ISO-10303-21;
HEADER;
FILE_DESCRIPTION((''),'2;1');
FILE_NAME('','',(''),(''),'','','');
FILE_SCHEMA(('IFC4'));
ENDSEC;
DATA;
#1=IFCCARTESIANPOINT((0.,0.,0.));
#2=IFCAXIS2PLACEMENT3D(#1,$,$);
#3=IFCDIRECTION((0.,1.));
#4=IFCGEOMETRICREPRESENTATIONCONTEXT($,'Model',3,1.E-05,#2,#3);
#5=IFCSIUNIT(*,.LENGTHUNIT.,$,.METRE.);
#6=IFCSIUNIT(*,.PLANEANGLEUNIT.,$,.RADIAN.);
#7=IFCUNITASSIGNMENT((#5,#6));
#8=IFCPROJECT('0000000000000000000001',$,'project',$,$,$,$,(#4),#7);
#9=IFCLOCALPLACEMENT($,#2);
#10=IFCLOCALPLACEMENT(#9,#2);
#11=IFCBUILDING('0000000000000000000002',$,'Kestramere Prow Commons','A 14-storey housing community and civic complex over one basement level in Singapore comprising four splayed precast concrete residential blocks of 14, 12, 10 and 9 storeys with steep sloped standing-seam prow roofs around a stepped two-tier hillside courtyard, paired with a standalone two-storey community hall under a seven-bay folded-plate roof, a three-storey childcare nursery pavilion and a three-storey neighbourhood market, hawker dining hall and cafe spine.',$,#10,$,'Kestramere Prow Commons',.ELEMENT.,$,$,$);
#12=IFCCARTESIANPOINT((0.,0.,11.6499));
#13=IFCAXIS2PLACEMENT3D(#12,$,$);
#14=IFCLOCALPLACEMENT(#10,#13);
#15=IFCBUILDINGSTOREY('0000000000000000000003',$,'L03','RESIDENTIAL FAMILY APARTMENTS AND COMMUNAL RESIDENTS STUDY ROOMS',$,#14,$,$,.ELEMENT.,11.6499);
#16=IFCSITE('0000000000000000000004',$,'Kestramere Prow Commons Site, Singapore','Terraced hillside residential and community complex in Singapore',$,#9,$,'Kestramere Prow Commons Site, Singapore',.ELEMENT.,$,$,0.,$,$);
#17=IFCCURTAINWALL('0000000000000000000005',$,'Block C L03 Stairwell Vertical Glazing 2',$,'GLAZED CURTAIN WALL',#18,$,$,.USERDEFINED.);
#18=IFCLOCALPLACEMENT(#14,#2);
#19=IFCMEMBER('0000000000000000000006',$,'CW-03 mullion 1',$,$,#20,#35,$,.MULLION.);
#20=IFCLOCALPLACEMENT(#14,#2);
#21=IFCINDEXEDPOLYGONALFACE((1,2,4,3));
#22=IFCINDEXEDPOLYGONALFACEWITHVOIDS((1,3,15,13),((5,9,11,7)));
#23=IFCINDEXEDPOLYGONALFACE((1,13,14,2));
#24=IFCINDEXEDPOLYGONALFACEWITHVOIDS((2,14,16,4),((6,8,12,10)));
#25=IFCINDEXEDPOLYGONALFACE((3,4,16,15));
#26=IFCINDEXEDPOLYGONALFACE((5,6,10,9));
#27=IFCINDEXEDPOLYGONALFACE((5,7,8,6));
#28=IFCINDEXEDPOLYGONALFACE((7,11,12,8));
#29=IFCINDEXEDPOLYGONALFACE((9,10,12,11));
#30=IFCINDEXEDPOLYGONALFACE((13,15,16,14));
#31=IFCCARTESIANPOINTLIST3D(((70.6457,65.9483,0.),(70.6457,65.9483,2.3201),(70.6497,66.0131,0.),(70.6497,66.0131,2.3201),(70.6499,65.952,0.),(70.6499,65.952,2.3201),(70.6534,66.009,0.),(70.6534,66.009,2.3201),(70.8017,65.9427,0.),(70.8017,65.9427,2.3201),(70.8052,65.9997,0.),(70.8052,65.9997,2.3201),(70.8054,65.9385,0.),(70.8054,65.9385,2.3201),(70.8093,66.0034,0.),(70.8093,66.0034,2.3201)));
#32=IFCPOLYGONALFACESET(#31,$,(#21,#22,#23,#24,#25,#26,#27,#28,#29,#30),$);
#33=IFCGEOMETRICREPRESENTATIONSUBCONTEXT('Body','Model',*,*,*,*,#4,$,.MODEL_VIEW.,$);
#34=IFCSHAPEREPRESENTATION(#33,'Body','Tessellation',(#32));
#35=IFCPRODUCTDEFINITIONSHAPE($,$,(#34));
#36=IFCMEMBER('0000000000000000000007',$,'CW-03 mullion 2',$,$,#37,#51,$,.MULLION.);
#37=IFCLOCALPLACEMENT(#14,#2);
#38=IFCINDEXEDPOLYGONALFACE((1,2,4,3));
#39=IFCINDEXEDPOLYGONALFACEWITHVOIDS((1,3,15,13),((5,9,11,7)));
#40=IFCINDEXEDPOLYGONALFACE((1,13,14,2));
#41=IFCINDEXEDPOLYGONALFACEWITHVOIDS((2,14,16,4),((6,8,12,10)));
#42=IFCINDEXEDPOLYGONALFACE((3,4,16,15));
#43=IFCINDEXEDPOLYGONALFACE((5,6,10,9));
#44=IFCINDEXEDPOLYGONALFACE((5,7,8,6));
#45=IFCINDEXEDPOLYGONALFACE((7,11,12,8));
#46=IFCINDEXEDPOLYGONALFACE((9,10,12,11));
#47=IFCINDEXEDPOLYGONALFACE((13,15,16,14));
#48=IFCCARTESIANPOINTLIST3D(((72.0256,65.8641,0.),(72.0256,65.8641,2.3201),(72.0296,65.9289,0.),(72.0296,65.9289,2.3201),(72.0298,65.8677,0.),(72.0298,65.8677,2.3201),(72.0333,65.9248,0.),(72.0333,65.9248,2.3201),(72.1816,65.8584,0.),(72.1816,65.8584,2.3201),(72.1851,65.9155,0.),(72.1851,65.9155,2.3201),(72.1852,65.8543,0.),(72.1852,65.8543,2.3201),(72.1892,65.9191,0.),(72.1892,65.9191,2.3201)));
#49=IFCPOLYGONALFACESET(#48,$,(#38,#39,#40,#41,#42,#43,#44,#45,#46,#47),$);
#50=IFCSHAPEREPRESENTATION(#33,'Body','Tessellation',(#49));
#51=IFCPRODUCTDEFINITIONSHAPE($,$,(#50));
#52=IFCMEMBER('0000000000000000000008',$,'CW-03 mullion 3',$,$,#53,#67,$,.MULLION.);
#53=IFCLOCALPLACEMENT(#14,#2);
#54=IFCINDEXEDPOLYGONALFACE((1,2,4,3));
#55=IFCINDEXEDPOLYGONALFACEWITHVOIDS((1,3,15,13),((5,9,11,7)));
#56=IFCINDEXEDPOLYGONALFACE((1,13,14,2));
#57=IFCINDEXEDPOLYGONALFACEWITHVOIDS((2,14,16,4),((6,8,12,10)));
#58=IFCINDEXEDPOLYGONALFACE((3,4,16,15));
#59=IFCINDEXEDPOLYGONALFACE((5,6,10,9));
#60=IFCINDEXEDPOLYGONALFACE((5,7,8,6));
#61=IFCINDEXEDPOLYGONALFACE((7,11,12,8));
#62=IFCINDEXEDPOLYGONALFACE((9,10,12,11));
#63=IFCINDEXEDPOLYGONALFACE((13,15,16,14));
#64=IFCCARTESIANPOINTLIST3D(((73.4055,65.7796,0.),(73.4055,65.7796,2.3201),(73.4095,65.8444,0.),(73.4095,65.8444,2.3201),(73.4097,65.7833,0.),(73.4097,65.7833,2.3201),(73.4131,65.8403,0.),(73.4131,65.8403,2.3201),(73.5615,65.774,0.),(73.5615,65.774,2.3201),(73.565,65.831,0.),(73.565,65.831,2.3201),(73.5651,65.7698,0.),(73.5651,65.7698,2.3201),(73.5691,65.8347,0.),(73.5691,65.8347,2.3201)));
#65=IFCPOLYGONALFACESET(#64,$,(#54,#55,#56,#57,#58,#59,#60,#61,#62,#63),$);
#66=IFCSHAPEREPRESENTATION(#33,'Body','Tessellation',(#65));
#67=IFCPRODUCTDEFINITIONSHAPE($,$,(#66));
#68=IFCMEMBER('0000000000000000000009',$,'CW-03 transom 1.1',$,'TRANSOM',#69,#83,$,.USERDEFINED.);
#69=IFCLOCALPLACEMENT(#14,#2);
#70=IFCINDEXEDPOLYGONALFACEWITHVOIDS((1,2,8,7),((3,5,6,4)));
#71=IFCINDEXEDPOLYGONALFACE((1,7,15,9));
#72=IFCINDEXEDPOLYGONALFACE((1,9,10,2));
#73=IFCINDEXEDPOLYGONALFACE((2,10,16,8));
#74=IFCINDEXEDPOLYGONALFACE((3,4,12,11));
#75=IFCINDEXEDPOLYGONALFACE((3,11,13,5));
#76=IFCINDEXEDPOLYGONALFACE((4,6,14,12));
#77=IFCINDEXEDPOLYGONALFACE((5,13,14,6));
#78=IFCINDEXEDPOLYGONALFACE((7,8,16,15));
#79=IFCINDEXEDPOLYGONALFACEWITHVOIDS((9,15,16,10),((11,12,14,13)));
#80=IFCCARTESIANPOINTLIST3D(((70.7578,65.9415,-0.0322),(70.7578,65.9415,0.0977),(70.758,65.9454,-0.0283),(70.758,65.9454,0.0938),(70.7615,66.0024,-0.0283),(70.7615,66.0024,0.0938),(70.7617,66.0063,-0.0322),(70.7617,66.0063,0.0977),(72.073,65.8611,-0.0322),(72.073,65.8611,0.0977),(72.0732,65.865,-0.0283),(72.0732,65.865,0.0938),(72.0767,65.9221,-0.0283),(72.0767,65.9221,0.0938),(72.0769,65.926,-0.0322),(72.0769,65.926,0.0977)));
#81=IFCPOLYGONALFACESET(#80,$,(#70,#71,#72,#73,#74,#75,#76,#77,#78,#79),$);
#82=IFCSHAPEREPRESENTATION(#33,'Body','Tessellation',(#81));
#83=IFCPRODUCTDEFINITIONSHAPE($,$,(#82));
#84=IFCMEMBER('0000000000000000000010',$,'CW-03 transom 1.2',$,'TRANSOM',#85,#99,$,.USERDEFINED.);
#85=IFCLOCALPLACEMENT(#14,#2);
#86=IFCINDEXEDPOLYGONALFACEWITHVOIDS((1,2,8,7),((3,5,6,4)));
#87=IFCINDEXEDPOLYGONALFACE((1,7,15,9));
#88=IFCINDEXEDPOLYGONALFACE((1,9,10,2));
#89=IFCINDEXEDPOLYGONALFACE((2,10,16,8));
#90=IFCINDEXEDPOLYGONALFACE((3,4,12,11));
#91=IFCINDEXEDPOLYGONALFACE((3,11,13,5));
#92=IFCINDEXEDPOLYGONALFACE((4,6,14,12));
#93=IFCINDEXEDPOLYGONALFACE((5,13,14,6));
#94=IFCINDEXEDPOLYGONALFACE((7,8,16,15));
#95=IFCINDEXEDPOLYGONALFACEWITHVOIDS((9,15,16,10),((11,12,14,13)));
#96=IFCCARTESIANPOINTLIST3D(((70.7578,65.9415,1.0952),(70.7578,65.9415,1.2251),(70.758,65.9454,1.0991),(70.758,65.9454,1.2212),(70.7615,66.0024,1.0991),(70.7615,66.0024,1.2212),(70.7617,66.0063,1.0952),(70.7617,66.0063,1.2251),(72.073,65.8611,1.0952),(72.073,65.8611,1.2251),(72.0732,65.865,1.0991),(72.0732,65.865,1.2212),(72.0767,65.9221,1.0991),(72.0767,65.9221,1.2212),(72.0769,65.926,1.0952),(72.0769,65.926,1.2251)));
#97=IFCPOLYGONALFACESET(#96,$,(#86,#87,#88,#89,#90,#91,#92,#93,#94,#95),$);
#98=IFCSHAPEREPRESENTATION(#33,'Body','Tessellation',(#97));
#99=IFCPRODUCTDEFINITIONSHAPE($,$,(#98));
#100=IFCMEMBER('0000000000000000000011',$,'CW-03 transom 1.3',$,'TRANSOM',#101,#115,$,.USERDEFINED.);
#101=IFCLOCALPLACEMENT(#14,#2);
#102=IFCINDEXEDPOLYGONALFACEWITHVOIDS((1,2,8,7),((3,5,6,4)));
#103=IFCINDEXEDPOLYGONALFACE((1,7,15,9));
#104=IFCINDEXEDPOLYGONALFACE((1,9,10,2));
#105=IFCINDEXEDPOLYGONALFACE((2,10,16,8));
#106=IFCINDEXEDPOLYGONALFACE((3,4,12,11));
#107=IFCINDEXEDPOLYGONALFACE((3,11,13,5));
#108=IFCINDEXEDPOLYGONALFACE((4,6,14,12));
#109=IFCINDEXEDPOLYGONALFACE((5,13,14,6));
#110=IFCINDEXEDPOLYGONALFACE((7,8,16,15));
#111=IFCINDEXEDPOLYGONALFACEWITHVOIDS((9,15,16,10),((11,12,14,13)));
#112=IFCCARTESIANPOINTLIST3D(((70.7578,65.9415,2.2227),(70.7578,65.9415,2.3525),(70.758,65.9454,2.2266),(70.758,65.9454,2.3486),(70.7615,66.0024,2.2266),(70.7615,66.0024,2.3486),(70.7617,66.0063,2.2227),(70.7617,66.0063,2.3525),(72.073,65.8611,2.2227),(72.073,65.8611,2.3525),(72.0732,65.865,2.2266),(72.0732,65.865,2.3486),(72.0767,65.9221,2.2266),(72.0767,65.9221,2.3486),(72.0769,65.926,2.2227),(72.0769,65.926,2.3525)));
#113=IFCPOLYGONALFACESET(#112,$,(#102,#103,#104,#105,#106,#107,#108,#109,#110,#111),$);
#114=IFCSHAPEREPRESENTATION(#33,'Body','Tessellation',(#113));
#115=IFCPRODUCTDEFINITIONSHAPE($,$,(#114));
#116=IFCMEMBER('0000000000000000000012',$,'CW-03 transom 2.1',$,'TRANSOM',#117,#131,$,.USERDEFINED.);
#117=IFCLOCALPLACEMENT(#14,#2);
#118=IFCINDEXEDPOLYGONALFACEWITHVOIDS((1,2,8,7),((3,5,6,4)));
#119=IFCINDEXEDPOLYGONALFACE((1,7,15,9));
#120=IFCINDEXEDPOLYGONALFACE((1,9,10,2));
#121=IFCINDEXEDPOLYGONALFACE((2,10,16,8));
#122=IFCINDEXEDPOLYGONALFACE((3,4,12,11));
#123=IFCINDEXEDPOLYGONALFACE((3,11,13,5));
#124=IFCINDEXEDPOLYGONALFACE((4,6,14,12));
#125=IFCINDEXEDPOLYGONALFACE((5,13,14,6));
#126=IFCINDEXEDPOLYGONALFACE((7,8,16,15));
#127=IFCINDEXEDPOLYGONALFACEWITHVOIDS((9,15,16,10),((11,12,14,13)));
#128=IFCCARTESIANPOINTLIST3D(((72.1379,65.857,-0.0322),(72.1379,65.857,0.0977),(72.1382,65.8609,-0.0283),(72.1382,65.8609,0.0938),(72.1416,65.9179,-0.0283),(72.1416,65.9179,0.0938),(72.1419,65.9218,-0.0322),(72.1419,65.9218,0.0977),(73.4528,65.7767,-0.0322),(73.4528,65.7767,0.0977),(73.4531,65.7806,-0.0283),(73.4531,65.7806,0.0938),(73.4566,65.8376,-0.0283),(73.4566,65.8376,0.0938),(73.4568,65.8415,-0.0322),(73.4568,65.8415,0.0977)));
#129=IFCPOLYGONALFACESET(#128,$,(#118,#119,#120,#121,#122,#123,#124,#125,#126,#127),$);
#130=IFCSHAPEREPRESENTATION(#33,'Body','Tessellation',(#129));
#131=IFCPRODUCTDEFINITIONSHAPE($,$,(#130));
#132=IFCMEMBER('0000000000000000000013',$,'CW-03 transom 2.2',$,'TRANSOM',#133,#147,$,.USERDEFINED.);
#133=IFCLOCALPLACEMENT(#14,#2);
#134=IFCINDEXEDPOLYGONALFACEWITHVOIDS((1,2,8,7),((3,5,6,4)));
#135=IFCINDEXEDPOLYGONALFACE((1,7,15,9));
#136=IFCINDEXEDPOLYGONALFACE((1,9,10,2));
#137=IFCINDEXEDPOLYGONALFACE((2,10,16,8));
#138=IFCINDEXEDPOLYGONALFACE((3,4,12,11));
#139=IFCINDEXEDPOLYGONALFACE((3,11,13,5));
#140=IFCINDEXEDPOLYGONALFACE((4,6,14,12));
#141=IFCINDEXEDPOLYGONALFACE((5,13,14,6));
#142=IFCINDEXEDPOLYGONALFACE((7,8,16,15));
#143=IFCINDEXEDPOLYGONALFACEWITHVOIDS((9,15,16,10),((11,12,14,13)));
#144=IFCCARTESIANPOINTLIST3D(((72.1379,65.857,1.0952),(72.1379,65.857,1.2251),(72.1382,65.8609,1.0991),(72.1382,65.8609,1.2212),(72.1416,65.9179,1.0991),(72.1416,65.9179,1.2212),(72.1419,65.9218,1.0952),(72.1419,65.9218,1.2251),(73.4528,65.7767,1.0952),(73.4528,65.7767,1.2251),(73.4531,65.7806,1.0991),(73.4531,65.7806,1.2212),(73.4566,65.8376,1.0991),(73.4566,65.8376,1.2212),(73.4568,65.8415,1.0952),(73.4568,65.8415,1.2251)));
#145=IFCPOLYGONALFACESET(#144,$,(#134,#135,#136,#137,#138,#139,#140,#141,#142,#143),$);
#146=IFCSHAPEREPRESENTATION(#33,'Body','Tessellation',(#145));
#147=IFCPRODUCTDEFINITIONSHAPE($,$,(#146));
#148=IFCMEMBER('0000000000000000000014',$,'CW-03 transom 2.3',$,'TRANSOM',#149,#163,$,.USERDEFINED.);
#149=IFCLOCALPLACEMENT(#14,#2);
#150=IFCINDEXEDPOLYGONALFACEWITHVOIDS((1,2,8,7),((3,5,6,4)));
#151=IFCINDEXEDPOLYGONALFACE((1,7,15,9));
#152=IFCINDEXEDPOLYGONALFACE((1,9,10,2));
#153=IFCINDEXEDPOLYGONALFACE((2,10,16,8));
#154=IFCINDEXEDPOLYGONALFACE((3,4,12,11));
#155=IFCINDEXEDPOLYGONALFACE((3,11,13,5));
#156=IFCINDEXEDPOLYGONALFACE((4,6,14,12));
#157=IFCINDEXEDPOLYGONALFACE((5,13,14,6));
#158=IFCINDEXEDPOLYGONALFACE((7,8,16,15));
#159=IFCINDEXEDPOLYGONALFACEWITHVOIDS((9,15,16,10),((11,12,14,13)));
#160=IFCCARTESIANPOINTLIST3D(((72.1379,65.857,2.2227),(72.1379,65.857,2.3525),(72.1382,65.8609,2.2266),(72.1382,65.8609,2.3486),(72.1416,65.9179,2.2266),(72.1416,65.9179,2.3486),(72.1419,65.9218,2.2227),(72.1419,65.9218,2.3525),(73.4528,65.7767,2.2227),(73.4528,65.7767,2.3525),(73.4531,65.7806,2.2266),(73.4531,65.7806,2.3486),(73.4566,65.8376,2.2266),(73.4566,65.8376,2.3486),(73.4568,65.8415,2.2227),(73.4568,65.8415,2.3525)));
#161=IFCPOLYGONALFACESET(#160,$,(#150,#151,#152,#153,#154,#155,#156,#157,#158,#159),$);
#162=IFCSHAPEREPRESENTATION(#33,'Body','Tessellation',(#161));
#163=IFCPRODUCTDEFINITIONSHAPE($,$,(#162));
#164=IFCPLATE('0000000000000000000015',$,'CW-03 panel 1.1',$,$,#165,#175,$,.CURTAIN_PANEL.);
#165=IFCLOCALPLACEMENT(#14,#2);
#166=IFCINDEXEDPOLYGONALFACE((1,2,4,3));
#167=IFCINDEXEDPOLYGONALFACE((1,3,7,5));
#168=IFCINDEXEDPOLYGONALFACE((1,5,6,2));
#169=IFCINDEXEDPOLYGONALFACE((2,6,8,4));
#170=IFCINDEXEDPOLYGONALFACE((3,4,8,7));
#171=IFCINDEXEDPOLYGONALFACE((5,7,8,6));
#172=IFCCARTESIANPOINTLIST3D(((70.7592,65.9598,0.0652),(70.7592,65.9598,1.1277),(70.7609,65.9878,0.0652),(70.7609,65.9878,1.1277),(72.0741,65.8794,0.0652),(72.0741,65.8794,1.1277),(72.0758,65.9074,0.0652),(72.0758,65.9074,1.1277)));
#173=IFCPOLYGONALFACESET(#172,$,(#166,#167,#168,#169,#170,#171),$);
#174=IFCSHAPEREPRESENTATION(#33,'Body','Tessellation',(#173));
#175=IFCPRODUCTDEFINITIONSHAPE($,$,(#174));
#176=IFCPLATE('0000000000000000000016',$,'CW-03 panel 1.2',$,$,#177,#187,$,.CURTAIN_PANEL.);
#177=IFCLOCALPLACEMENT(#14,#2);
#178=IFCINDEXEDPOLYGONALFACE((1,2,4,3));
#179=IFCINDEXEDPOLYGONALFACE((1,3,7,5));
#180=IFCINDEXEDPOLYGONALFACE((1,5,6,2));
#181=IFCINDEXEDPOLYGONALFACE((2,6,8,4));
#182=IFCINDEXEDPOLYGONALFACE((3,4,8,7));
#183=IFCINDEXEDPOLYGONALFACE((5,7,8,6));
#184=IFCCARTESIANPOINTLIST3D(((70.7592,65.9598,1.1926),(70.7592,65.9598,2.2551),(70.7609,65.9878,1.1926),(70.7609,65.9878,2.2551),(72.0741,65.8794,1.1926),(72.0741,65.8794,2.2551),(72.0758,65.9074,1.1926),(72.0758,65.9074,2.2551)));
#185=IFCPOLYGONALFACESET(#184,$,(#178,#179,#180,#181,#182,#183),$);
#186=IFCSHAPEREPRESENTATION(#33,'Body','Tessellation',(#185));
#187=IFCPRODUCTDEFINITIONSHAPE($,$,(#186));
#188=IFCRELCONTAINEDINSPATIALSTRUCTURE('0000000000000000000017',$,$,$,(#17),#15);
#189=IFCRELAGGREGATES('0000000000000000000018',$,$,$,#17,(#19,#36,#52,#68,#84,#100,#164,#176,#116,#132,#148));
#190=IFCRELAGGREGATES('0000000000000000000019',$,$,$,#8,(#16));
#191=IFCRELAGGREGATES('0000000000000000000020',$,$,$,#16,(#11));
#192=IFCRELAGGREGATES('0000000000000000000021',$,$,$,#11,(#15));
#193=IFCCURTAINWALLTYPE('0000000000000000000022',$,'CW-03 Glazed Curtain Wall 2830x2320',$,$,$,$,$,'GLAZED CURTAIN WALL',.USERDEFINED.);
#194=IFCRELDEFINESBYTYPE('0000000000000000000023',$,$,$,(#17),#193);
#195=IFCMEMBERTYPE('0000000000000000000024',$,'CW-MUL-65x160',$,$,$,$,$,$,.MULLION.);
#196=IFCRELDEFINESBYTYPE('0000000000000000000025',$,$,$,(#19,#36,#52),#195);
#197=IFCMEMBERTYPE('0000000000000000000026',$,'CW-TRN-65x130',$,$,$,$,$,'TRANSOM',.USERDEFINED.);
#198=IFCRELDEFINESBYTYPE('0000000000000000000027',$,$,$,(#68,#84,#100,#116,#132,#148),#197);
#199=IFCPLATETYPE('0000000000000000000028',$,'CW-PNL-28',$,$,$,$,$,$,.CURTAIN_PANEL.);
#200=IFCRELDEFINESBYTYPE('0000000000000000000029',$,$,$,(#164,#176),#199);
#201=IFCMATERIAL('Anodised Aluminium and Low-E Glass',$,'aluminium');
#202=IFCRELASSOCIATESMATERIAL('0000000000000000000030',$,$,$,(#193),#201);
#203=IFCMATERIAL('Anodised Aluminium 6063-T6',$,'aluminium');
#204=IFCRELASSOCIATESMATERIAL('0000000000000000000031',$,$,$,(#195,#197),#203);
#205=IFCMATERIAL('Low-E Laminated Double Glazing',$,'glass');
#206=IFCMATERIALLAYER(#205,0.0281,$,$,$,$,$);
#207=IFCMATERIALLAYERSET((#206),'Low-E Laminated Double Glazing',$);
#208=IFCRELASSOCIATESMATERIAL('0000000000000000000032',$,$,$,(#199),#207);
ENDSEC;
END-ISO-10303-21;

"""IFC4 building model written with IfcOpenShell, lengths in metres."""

from ifc_helpers import new_model, si_unit, direction, frame, origin, origin_2d, place, context, subcontext, project, spatial, rectangle, hollow_rectangle, extrude, material, layer, layer_set, material_profile, profile_set, type_object, element, aggregate, save


model = new_model("IFC4")

# Units and contexts
model_context = context("Model", 3, precision=1e-05, world=origin(), true_north=direction((0.0, 1.0)))
body_context = subcontext(model_context, "Body", "Model", "MODEL_VIEW")
ifc_project = project(units=[si_unit("LENGTHUNIT", "METRE"), si_unit("PLANEANGLEUNIT", "RADIAN")], contexts=[model_context])

# Site, building, storey
site_placement = place(None, origin())
site = spatial("IfcSite", under=ifc_project, at=site_placement, Name="Kestramere Prow Commons Site, Singapore", Description="Terraced hillside residential and community complex in Singapore", LongName="Kestramere Prow Commons Site, Singapore", CompositionType="ELEMENT", RefElevation=0.0)
building_placement = place(site_placement, origin())
building = spatial("IfcBuilding", under=site, at=building_placement, Name="Kestramere Prow Commons", Description="A 14-storey housing community and civic complex over one basement level in Singapore comprising four splayed precast concrete residential blocks of 14, 12, 10 and 9 storeys with steep sloped standing-seam prow roofs around a stepped two-tier hillside courtyard, paired with a standalone two-storey community hall under a seven-bay folded-plate roof, a three-storey childcare nursery pavilion and a three-storey neighbourhood market, hawker dining hall and cafe spine.", LongName="Kestramere Prow Commons", CompositionType="ELEMENT")
storey_placement = place(building_placement, frame((0.0, 0.0, 11.6499)))
storey = spatial("IfcBuildingStorey", under=building, at=storey_placement, Name="L03", Description="RESIDENTIAL FAMILY APARTMENTS AND COMMUNAL RESIDENTS STUDY ROOMS", CompositionType="ELEMENT", Elevation=11.6499)

# Curtain wall, members, plates
ifc_material_1 = material(Name="Anodised Aluminium and Low-E Glass", Category="aluminium")
curtain_wall_type = type_object("IfcCurtainWallType", Name="CW-03 Glazed Curtain Wall 2830x2320", ElementType="GLAZED CURTAIN WALL", PredefinedType="USERDEFINED", material=ifc_material_1)
curtain_wall_placement = place(storey_placement, origin())
curtain_wall = element("IfcCurtainWall", 1, at=curtain_wall_placement, inside=storey, type_object=curtain_wall_type, Name="Block C L03 Stairwell Vertical Glazing 2", ObjectType="GLAZED CURTAIN WALL", PredefinedType="USERDEFINED")
ifc_material_2 = material(Name="Anodised Aluminium 6063-T6", Category="aluminium")
ifc_material_profile_1 = material_profile(ifc_material_2, hollow_rectangle(XDim=0.0649, YDim=0.1599, WallThickness=0.0039, at=origin_2d()), Name="ALU-MUL 65x160")
ifc_profile_set_1 = profile_set([ifc_material_profile_1], Name="Anodised Aluminium 6063-T6")
member_type_1 = type_object("IfcMemberType", Name="CW-MUL-65x160", PredefinedType="MULLION", material=ifc_profile_set_1)
member_1_placement = place(storey_placement, frame((70.7275, 65.9758, 0.0), z_axis=(0.0, 0.0, 1.0), x_axis=(0.061048, 0.998135, 0.0)))
member_1 = element("IfcMember", 2, at=member_1_placement, type_object=member_type_1, Name="CW-03 mullion 1", PredefinedType="MULLION", context=body_context, shape_type="SweptSolid", body=[
    extrude(hollow_rectangle(XDim=0.0649, YDim=0.1599, WallThickness=0.0039, at=origin_2d()), origin(), (0.0, 0.0, 1.0), 2.3201),
])
member_2_placement = place(storey_placement, frame((72.1074, 65.8916, 0.0), z_axis=(0.0, 0.0, 1.0), x_axis=(0.061048, 0.998135, 0.0)))
member_2 = element("IfcMember", 3, at=member_2_placement, type_object=member_type_1, Name="CW-03 mullion 2", PredefinedType="MULLION", context=body_context, shape_type="SweptSolid", body=[
    extrude(hollow_rectangle(XDim=0.0649, YDim=0.1599, WallThickness=0.0039, at=origin_2d()), origin(), (0.0, 0.0, 1.0), 2.3201),
])
member_3_placement = place(storey_placement, frame((73.4873, 65.8071, 0.0), z_axis=(0.0, 0.0, 1.0), x_axis=(0.061048, 0.998135, 0.0)))
member_3 = element("IfcMember", 4, at=member_3_placement, type_object=member_type_1, Name="CW-03 mullion 3", PredefinedType="MULLION", context=body_context, shape_type="SweptSolid", body=[
    extrude(hollow_rectangle(XDim=0.0649, YDim=0.1599, WallThickness=0.0039, at=origin_2d()), origin(), (0.0, 0.0, 1.0), 2.3201),
])
ifc_material_profile_2 = material_profile(ifc_material_2, hollow_rectangle(XDim=0.0649, YDim=0.1299, WallThickness=0.0039, at=origin_2d()), Name="ALU-TRN 65x130")
ifc_profile_set_2 = profile_set([ifc_material_profile_2], Name="Anodised Aluminium 6063-T6")
member_type_2 = type_object("IfcMemberType", Name="CW-TRN-65x130", ElementType="TRANSOM", PredefinedType="USERDEFINED", material=ifc_profile_set_2)
member_4_placement = place(storey_placement, frame((70.7598, 65.9739, 0.0327), z_axis=(0.99814, -0.060959, 0.0), x_axis=(0.060959, 0.99814, 0.0)))
member_4 = element("IfcMember", 5, at=member_4_placement, type_object=member_type_2, Name="CW-03 transom 1.1", ObjectType="TRANSOM", PredefinedType="USERDEFINED", context=body_context, shape_type="SweptSolid", body=[
    extrude(hollow_rectangle(XDim=0.0649, YDim=0.1299, WallThickness=0.0039, at=origin_2d()), origin(), (0.0, 0.0, 1.0), 1.3176),
])
member_5_placement = place(storey_placement, frame((70.7598, 65.9739, 1.1602), z_axis=(0.99814, -0.060959, 0.0), x_axis=(0.060959, 0.99814, 0.0)))
member_5 = element("IfcMember", 6, at=member_5_placement, type_object=member_type_2, Name="CW-03 transom 1.2", ObjectType="TRANSOM", PredefinedType="USERDEFINED", context=body_context, shape_type="SweptSolid", body=[
    extrude(hollow_rectangle(XDim=0.0649, YDim=0.1299, WallThickness=0.0039, at=origin_2d()), origin(), (0.0, 0.0, 1.0), 1.3176),
])
member_6_placement = place(storey_placement, frame((70.7598, 65.9739, 2.2876), z_axis=(0.99814, -0.060959, 0.0), x_axis=(0.060959, 0.99814, 0.0)))
member_6 = element("IfcMember", 7, at=member_6_placement, type_object=member_type_2, Name="CW-03 transom 1.3", ObjectType="TRANSOM", PredefinedType="USERDEFINED", context=body_context, shape_type="SweptSolid", body=[
    extrude(hollow_rectangle(XDim=0.0649, YDim=0.1299, WallThickness=0.0039, at=origin_2d()), origin(), (0.0, 0.0, 1.0), 1.3176),
])
member_7_placement = place(storey_placement, frame((72.1399, 65.8894, 0.0327), z_axis=(0.99814, -0.060971, 0.0), x_axis=(0.060971, 0.99814, 0.0)))
member_7 = element("IfcMember", 8, at=member_7_placement, type_object=member_type_2, Name="CW-03 transom 2.1", ObjectType="TRANSOM", PredefinedType="USERDEFINED", context=body_context, shape_type="SweptSolid", body=[
    extrude(hollow_rectangle(XDim=0.0649, YDim=0.1299, WallThickness=0.0039, at=origin_2d()), origin(), (0.0, 0.0, 1.0), 1.3174),
])
member_8_placement = place(storey_placement, frame((72.1399, 65.8894, 1.1602), z_axis=(0.99814, -0.060971, 0.0), x_axis=(0.060971, 0.99814, 0.0)))
member_8 = element("IfcMember", 9, at=member_8_placement, type_object=member_type_2, Name="CW-03 transom 2.2", ObjectType="TRANSOM", PredefinedType="USERDEFINED", context=body_context, shape_type="SweptSolid", body=[
    extrude(hollow_rectangle(XDim=0.0649, YDim=0.1299, WallThickness=0.0039, at=origin_2d()), origin(), (0.0, 0.0, 1.0), 1.3174),
])
member_9_placement = place(storey_placement, frame((72.1399, 65.8894, 2.2876), z_axis=(0.99814, -0.060971, 0.0), x_axis=(0.060971, 0.99814, 0.0)))
member_9 = element("IfcMember", 10, at=member_9_placement, type_object=member_type_2, Name="CW-03 transom 2.3", ObjectType="TRANSOM", PredefinedType="USERDEFINED", context=body_context, shape_type="SweptSolid", body=[
    extrude(hollow_rectangle(XDim=0.0649, YDim=0.1299, WallThickness=0.0039, at=origin_2d()), origin(), (0.0, 0.0, 1.0), 1.3174),
])
ifc_material_3 = material(Name="Low-E Laminated Double Glazing", Category="glass")
ifc_layer_1 = layer(ifc_material_3, 0.0281)
ifc_layer_set_1 = layer_set([ifc_layer_1], Name="Low-E Laminated Double Glazing")
plate_type = type_object("IfcPlateType", Name="CW-PNL-28", PredefinedType="CURTAIN_PANEL", material=ifc_layer_set_1)
plate_1_placement = place(storey_placement, frame((71.4175, 65.9336, 0.0652), z_axis=(0.0, 0.0, 1.0), x_axis=(0.998135, -0.061048, 0.0)))
plate_1 = element("IfcPlate", 11, at=plate_1_placement, type_object=plate_type, Name="CW-03 panel 1.1", PredefinedType="CURTAIN_PANEL", context=body_context, shape_type="SweptSolid", body=[
    extrude(rectangle(XDim=1.3174, YDim=0.0281, at=origin_2d()), origin(), (0.0, 0.0, 1.0), 1.0625),
])
plate_2_placement = place(storey_placement, frame((71.4175, 65.9336, 1.1926), z_axis=(0.0, 0.0, 1.0), x_axis=(0.998135, -0.061048, 0.0)))
plate_2 = element("IfcPlate", 12, at=plate_2_placement, type_object=plate_type, Name="CW-03 panel 1.2", PredefinedType="CURTAIN_PANEL", context=body_context, shape_type="SweptSolid", body=[
    extrude(rectangle(XDim=1.3174, YDim=0.0281, at=origin_2d()), origin(), (0.0, 0.0, 1.0), 1.0625),
])
aggregate(curtain_wall, [member_1, member_2, member_3, member_4, member_5, member_6, plate_1, plate_2, member_7, member_8, member_9])

save(model, "model.ifc")
